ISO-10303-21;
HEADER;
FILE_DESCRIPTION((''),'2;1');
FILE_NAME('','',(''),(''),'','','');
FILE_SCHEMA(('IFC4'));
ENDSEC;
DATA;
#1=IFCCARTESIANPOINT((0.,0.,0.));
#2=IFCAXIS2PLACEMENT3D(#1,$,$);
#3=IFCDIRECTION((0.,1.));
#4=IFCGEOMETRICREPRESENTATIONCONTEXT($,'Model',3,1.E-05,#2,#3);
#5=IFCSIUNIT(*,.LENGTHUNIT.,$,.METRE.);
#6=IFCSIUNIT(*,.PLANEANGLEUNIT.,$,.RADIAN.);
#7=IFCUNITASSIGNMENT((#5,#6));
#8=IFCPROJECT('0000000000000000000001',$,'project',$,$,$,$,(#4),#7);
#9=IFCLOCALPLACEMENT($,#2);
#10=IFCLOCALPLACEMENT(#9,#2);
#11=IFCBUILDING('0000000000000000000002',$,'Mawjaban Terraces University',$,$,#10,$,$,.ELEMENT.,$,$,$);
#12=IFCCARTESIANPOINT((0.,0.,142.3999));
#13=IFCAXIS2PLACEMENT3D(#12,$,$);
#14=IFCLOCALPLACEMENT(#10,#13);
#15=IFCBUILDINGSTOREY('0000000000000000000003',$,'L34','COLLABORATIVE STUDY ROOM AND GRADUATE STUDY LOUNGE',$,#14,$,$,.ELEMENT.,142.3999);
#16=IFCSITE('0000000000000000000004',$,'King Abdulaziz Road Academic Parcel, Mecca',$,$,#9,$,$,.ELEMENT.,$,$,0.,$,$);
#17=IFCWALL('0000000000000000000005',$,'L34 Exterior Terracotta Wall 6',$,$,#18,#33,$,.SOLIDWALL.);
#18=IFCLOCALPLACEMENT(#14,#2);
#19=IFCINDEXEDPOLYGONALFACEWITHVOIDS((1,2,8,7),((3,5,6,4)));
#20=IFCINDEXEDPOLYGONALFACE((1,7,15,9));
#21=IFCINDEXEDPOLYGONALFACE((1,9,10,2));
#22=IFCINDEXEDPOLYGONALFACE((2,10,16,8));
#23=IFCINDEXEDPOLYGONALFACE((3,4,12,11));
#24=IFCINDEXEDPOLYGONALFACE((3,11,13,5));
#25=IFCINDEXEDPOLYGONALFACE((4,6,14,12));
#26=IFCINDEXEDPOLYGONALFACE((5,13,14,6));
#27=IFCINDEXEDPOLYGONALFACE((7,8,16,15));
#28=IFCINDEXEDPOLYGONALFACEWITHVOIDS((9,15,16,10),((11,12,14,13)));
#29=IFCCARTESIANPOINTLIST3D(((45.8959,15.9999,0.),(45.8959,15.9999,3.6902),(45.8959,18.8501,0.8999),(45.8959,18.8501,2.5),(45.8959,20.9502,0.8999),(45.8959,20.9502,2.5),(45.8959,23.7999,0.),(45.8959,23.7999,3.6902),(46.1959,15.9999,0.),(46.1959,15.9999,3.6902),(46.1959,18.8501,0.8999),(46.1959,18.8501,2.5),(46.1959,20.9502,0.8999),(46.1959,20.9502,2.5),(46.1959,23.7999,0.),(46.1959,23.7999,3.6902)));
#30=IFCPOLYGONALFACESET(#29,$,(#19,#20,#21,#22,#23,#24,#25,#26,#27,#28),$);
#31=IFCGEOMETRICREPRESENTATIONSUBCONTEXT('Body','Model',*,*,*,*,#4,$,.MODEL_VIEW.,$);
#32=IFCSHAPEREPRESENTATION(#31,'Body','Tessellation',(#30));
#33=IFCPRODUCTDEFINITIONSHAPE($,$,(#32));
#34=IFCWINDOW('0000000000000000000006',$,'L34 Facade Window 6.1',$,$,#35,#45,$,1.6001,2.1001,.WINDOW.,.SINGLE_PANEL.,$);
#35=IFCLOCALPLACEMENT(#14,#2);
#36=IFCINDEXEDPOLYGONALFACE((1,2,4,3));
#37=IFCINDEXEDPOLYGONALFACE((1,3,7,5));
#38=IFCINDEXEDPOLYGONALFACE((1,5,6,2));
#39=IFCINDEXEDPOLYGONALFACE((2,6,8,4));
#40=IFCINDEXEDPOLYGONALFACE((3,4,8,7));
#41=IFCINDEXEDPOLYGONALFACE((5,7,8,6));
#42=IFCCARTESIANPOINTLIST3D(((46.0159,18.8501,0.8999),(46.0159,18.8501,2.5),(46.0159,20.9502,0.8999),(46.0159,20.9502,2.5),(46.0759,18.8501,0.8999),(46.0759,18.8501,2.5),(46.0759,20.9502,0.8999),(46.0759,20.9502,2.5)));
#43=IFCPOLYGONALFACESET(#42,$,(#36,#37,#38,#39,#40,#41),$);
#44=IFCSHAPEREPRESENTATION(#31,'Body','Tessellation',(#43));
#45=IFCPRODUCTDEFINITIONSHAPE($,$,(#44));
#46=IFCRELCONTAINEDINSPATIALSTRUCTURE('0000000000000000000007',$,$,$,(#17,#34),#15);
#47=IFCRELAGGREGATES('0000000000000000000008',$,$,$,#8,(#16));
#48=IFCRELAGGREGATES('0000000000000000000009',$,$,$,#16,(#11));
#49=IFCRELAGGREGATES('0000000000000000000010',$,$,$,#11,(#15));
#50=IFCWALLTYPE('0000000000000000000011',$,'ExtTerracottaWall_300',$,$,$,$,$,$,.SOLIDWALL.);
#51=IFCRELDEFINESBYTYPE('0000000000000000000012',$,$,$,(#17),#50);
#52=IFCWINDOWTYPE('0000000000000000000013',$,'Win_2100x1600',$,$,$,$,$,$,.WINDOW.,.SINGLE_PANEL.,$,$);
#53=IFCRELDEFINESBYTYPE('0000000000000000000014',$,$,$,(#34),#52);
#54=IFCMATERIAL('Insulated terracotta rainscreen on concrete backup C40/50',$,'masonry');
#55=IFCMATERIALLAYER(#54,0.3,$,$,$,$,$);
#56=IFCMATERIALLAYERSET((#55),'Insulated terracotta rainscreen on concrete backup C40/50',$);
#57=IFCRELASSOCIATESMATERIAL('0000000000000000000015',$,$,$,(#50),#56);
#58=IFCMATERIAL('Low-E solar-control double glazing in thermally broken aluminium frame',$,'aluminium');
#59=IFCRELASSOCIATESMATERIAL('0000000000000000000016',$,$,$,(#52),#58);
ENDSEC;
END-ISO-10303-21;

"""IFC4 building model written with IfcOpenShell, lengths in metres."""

from ifc_helpers import new_model, si_unit, direction, frame, frame_2d, origin, place, context, subcontext, project, spatial, rectangle, extrude, material, layer, layer_set, type_object, element, fill, save


model = new_model("IFC4")

# Units and contexts
model_context = context("Model", 3, precision=1e-05, world=origin(), true_north=direction((0.0, 1.0)))
body_context = subcontext(model_context, "Body", "Model", "MODEL_VIEW")
ifc_project = project(units=[si_unit("LENGTHUNIT", "METRE"), si_unit("PLANEANGLEUNIT", "RADIAN")], contexts=[model_context])

# Site, building, storey
site_placement = place(None, origin())
site = spatial("IfcSite", under=ifc_project, at=site_placement, Name="King Abdulaziz Road Academic Parcel, Mecca", CompositionType="ELEMENT", RefElevation=0.0)
building_placement = place(site_placement, origin())
building = spatial("IfcBuilding", under=site, at=building_placement, Name="Mawjaban Terraces University", CompositionType="ELEMENT")
storey_placement = place(building_placement, frame((0.0, 0.0, 142.3999)))
storey = spatial("IfcBuildingStorey", under=building, at=storey_placement, Name="L34", Description="COLLABORATIVE STUDY ROOM AND GRADUATE STUDY LOUNGE", CompositionType="ELEMENT", Elevation=142.3999)

# Wall, opening, window
ifc_material_1 = material(Name="Insulated terracotta rainscreen on concrete backup C40/50", Category="masonry")
ifc_layer_1 = layer(ifc_material_1, 0.3)
ifc_layer_set_1 = layer_set([ifc_layer_1], Name="Insulated terracotta rainscreen on concrete backup C40/50")
wall_type_1 = type_object("IfcWallType", Name="ExtTerracottaWall_300", PredefinedType="SOLIDWALL", material=ifc_layer_set_1)
wall_1_placement = place(storey_placement, frame((46.0459, 16.0, 0.0), z_axis=(0.0, 0.0, 1.0), x_axis=(0.0, 1.0, 0.0)))
wall_1 = element("IfcWall", 1, at=wall_1_placement, inside=storey, type_object=wall_type_1, Name="L34 Exterior Terracotta Wall 6", PredefinedType="SOLIDWALL", context=body_context, shape_type="SweptSolid", body=[
    extrude(rectangle(XDim=7.8, YDim=0.3, at=frame_2d((3.8999, 0.0))), origin(), (0.0, 0.0, 1.0), 3.6902),
])
opening_1_placement = place(wall_1_placement, frame((2.8501, 0.0, 0.8999)))
opening_1 = element("IfcOpeningElement", 2, at=opening_1_placement, cuts=wall_1, PredefinedType="OPENING", context=body_context, shape_type="SweptSolid", body=[
    extrude(rectangle(XDim=2.1001, YDim=1.6001, at=frame_2d((1.05, 0.8))), frame((0.0, 0.1599, 0.0), z_axis=(0.0, -1.0, 0.0), x_axis=(1.0, 0.0, 0.0)), (0.0, 0.0, 1.0), 0.3201),
])
ifc_material_2 = material(Name="Low-E solar-control double glazing in thermally broken aluminium frame", Category="aluminium")
window_type = type_object("IfcWindowType", Name="Win_2100x1600", PartitioningType="SINGLE_PANEL", PredefinedType="WINDOW", material=ifc_material_2)
window_placement = place(opening_1_placement, origin())
window = element("IfcWindow", 3, at=window_placement, inside=storey, type_object=window_type, Name="L34 Facade Window 6.1", OverallHeight=1.6001, OverallWidth=2.1001, PartitioningType="SINGLE_PANEL", PredefinedType="WINDOW", context=body_context, shape_type="SweptSolid", body=[
    extrude(rectangle(XDim=2.1001, YDim=1.6001, at=frame_2d((1.05, 0.8))), frame((0.0, 0.03, 0.0), z_axis=(0.0, -1.0, 0.0), x_axis=(1.0, 0.0, 0.0)), (0.0, 0.0, 1.0), 0.0601),
])
fill(opening_1, window)

save(model, "model.ifc")
